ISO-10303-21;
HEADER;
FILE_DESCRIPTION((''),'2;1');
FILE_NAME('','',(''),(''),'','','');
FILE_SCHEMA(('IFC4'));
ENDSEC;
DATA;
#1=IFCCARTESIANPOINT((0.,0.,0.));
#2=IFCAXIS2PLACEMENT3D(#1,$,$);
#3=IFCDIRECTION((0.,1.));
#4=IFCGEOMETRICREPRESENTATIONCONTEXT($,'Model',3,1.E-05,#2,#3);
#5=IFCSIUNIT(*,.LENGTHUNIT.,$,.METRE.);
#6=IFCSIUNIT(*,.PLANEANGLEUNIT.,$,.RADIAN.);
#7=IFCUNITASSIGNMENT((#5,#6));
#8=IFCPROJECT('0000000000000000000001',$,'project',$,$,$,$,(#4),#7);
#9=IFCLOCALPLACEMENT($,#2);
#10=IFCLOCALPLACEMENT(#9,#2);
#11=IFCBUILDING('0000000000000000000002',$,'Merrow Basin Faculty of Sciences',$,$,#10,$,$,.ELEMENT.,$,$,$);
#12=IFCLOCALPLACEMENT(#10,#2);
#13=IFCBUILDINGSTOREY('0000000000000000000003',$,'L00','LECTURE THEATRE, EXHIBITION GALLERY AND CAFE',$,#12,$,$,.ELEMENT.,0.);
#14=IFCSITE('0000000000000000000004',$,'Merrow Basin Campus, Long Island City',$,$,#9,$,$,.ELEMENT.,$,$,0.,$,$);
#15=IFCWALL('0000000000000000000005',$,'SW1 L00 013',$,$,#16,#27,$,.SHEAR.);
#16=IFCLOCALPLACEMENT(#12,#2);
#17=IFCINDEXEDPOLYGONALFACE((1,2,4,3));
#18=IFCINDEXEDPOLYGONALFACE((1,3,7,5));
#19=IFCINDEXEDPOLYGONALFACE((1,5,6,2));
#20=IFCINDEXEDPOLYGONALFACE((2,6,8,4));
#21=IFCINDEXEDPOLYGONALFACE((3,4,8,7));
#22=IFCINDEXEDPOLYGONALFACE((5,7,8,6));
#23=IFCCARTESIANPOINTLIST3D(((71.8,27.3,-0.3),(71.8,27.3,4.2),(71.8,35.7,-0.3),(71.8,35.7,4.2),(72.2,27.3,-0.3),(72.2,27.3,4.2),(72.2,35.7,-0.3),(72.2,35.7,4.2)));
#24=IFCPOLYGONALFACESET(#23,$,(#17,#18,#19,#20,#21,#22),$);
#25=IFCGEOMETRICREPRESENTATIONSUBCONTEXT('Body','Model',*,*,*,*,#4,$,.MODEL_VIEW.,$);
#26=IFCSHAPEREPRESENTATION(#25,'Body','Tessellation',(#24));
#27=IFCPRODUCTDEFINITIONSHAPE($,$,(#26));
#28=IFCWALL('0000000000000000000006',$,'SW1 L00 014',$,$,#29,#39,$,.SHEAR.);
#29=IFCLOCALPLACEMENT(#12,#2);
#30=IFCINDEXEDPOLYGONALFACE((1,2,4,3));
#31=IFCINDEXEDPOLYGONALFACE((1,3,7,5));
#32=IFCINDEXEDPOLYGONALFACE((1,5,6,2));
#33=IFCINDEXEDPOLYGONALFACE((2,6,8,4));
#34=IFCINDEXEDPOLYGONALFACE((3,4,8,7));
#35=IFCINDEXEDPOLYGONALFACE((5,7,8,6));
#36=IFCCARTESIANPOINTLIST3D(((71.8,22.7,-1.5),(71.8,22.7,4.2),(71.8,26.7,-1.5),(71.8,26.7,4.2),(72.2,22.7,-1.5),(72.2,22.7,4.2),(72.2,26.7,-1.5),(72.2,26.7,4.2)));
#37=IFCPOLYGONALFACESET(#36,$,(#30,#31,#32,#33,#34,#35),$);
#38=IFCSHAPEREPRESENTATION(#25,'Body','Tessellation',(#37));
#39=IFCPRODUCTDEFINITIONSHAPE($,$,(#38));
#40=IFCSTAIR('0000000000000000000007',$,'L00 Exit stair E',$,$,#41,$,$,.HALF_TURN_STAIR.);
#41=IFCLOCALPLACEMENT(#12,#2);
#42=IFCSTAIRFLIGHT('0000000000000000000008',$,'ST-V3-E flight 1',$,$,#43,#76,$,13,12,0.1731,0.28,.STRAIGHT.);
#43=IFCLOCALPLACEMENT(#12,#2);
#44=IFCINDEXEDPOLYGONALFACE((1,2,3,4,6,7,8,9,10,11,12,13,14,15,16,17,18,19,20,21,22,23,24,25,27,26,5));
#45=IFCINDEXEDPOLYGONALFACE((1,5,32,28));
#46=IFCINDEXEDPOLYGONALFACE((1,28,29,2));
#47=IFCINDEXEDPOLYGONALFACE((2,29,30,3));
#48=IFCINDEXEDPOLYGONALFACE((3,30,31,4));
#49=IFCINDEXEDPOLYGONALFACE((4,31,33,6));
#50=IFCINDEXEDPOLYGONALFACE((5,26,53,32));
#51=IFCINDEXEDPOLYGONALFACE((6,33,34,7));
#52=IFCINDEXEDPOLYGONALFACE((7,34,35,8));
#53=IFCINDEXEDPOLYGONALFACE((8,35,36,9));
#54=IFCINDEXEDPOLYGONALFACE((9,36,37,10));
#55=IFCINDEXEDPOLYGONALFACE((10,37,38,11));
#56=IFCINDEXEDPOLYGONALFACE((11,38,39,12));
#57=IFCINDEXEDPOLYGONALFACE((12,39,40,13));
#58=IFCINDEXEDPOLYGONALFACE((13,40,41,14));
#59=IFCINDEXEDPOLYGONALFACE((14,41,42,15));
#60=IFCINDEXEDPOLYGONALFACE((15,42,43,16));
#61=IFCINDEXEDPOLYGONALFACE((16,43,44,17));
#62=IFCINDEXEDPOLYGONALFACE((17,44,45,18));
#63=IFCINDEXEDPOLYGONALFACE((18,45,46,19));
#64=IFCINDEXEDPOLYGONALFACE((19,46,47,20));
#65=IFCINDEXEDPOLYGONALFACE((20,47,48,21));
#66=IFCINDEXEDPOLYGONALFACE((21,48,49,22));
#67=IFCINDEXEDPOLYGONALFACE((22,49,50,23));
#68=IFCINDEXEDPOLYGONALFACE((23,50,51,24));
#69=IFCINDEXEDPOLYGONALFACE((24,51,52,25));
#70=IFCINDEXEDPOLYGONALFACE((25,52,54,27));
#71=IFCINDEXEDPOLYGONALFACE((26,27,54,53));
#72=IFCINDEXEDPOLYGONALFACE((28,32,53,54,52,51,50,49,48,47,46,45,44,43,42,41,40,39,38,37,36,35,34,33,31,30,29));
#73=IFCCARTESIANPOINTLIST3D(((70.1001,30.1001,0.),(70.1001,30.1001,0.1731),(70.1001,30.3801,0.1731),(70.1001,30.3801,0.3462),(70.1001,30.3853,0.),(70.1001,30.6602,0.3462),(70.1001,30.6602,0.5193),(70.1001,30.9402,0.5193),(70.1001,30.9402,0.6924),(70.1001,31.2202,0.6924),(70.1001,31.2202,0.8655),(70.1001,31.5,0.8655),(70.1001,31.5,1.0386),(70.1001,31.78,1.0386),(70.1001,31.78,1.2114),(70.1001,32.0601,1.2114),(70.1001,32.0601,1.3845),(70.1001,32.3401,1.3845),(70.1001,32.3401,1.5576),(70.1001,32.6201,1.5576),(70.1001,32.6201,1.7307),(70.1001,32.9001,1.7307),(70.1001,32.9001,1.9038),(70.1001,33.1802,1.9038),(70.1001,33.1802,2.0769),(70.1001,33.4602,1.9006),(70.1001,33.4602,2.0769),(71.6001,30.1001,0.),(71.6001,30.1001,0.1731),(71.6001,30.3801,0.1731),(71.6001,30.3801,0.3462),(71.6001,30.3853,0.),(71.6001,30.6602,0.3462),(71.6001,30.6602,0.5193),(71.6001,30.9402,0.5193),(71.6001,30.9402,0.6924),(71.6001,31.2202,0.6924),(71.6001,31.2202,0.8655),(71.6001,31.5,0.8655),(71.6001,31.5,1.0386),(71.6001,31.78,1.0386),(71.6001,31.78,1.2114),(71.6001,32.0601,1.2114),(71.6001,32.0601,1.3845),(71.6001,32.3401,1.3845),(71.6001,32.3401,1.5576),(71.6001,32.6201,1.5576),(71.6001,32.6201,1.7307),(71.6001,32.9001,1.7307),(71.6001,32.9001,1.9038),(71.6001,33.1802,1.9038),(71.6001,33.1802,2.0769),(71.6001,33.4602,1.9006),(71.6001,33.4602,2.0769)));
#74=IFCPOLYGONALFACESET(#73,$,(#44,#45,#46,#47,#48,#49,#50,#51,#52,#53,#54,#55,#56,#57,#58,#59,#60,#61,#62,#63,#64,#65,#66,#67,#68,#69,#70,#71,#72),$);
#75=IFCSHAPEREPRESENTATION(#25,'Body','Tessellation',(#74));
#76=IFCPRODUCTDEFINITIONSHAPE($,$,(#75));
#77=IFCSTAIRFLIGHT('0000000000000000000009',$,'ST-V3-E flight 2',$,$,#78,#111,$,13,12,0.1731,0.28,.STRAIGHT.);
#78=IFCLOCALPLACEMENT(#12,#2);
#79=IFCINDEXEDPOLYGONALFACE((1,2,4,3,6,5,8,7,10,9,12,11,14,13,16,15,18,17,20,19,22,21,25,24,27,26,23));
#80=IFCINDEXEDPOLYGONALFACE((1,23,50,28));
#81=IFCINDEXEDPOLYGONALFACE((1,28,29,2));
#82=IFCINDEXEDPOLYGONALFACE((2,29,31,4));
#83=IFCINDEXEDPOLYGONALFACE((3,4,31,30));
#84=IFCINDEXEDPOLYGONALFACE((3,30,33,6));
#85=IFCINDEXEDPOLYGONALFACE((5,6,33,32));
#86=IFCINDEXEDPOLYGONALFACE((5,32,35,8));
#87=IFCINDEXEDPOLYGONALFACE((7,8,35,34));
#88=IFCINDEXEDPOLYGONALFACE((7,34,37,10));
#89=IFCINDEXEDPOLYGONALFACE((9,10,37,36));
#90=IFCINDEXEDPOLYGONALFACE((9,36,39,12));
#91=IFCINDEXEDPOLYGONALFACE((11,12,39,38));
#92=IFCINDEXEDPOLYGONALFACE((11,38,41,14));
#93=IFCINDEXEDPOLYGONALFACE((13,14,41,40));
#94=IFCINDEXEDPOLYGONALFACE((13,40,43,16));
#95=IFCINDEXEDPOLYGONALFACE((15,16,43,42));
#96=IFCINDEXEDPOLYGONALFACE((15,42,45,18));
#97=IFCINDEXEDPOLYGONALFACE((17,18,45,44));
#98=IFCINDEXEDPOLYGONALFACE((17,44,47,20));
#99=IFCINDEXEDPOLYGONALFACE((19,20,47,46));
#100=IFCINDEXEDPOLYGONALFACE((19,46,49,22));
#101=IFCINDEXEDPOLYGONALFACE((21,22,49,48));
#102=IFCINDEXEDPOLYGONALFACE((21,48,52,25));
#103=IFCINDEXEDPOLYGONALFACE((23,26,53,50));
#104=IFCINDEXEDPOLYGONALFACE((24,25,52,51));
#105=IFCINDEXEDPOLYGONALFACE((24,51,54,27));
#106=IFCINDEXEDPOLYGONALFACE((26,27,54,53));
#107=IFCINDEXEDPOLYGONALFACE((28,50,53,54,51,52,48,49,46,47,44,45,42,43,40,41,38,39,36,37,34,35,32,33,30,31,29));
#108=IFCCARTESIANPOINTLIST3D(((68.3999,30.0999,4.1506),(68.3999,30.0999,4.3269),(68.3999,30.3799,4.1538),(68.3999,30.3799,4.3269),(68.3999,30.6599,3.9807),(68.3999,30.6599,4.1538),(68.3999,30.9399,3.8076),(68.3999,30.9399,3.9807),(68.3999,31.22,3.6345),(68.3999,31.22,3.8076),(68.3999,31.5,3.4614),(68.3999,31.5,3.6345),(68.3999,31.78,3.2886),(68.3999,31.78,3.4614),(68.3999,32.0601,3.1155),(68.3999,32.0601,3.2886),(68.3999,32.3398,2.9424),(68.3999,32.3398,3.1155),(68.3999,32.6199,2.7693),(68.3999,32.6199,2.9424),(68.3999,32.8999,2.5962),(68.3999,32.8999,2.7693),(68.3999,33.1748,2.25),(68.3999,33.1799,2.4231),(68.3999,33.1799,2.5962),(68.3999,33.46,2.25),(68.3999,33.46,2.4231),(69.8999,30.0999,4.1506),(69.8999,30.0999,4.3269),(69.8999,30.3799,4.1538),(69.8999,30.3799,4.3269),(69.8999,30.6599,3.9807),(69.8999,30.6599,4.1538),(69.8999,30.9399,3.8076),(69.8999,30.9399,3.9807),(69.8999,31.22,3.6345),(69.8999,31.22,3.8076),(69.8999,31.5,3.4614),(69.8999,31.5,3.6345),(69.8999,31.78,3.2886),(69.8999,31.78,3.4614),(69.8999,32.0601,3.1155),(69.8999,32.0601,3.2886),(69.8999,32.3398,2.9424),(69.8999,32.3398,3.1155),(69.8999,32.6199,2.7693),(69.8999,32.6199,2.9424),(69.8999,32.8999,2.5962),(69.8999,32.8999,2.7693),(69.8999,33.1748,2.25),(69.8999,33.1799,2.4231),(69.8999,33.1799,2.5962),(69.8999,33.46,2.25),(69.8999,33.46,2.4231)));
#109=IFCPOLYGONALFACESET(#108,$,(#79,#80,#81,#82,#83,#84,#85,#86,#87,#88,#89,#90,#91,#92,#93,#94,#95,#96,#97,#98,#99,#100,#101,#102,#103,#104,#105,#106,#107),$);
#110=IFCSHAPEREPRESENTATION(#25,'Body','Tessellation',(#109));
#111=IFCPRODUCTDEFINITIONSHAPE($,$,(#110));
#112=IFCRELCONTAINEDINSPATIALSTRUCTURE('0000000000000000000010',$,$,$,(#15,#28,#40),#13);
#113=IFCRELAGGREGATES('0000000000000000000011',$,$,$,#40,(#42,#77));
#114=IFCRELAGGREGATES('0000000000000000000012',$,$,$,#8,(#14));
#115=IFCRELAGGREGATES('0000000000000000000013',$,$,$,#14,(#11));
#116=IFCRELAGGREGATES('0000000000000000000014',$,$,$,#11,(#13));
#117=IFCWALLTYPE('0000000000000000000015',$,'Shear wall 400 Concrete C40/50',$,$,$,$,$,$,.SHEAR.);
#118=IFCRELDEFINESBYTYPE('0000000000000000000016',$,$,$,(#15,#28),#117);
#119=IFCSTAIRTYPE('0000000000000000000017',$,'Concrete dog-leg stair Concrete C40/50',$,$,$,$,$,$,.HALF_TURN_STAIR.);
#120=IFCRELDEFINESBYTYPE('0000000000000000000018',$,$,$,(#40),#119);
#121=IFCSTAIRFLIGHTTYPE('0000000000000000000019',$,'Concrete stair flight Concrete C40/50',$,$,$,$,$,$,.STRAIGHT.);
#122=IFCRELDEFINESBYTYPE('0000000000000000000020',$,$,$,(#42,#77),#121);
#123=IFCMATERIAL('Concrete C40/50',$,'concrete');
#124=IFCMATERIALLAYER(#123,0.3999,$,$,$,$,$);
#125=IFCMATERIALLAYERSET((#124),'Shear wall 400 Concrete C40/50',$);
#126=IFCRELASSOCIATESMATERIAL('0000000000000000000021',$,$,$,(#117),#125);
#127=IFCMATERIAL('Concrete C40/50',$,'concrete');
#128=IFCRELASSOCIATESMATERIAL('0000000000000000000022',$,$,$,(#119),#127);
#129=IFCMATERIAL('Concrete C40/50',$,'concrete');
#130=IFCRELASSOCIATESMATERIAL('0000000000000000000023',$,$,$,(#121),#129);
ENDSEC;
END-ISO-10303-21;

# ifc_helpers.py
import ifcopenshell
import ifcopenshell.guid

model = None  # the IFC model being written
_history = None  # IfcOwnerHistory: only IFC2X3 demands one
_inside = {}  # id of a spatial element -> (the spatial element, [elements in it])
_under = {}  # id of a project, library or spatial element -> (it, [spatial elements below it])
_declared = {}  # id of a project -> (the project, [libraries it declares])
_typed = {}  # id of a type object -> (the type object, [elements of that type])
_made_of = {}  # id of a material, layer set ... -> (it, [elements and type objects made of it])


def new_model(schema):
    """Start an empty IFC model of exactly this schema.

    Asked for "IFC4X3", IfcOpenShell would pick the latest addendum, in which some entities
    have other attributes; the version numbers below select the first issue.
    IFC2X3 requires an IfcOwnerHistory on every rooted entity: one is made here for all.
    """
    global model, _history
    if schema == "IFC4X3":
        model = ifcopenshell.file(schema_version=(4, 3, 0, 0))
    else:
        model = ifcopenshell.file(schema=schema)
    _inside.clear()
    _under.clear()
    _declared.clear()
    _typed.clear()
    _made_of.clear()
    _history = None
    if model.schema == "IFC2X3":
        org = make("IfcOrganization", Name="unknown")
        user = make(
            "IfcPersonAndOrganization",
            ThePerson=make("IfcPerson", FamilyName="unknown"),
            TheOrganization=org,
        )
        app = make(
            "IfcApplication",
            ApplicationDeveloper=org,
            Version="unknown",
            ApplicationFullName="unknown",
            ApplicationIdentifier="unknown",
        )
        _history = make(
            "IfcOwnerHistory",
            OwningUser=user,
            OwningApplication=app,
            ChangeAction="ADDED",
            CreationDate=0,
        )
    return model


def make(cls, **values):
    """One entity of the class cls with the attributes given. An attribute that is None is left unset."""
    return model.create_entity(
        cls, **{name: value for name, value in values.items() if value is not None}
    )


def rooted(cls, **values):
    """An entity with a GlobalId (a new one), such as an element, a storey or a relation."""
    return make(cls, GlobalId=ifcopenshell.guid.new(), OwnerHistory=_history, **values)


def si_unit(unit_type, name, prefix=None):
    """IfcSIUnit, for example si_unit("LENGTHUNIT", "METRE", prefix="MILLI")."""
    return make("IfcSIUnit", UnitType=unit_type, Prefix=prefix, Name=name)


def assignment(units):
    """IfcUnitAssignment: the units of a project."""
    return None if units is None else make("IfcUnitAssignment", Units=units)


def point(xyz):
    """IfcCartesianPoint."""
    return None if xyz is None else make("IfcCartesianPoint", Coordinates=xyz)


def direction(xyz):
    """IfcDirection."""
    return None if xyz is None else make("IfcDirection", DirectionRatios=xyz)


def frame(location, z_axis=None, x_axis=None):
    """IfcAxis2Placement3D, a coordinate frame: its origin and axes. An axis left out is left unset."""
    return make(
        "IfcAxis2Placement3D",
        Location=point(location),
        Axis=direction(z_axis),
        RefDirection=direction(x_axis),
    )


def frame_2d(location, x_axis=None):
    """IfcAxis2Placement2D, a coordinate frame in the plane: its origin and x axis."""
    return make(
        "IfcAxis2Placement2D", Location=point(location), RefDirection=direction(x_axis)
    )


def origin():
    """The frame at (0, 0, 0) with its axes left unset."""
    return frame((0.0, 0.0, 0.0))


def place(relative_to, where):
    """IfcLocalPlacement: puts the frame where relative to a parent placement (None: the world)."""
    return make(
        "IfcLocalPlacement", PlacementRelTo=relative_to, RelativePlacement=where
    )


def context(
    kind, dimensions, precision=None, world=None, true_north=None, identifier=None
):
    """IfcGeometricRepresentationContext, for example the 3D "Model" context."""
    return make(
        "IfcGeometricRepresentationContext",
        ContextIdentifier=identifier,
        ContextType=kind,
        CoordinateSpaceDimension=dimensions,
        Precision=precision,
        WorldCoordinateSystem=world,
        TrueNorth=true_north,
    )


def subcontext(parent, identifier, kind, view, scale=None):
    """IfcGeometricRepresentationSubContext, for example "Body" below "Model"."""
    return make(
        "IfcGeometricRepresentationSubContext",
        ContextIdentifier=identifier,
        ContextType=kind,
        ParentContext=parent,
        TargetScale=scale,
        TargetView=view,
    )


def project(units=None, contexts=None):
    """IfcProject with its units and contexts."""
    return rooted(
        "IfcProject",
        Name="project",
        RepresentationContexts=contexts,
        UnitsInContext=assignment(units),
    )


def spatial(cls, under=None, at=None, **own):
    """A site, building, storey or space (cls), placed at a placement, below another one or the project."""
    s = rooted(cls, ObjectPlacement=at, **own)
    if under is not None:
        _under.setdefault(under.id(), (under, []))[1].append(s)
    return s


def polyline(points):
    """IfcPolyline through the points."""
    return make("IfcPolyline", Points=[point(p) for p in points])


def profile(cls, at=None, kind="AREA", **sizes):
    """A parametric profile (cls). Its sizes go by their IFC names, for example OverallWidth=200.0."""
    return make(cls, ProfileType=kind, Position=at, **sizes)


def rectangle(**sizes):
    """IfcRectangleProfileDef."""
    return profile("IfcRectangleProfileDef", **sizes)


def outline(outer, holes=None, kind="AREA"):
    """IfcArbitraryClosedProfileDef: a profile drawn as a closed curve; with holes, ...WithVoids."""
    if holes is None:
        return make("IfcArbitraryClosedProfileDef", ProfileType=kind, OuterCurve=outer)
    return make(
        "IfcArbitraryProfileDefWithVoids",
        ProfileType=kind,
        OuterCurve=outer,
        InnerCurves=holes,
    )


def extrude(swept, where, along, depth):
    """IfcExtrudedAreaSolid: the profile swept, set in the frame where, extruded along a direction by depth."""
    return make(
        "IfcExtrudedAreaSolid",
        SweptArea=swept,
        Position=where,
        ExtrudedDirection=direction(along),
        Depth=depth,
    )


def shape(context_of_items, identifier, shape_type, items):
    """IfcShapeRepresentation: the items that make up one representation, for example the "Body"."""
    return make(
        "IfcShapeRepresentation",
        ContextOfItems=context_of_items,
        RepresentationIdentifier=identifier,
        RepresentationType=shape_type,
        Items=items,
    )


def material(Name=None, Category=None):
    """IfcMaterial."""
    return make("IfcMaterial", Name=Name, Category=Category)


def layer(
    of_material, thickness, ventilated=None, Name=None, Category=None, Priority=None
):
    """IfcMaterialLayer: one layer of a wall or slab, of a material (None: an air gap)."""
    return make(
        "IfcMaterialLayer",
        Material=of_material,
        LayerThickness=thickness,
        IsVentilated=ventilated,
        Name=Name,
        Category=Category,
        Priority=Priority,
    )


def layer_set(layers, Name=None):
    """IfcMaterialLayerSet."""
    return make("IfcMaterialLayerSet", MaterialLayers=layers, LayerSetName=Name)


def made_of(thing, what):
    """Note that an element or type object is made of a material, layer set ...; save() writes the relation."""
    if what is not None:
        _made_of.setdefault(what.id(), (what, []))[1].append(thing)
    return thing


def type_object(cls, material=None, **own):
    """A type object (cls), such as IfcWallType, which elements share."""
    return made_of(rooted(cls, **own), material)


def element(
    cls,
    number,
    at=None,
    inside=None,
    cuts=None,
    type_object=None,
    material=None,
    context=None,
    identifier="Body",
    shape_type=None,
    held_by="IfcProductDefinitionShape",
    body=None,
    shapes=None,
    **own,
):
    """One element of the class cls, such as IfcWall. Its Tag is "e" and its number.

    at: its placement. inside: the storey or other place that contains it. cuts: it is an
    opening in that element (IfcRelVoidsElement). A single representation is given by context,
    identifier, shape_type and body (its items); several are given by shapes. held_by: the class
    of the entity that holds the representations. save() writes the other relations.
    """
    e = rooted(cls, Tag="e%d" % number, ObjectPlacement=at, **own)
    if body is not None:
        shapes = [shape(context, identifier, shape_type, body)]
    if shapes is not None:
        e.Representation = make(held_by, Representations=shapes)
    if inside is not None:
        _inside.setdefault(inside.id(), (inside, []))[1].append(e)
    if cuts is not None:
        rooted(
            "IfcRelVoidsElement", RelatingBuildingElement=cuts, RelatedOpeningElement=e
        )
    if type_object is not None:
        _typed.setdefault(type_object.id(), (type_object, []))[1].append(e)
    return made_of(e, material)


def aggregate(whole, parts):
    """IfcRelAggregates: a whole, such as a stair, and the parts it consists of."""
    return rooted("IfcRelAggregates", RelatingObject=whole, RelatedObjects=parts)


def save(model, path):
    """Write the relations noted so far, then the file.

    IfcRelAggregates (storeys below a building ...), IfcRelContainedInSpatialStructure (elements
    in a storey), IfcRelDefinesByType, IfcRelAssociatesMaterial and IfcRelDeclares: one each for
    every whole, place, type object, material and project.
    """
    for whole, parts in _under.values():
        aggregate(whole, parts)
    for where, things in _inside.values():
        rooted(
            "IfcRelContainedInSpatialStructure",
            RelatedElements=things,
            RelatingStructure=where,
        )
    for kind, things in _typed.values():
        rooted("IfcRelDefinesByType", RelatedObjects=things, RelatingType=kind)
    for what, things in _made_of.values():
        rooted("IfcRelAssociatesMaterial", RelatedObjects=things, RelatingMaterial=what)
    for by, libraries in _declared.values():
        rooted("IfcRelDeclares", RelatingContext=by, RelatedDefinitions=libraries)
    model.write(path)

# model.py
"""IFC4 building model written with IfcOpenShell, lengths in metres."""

from ifc_helpers import new_model, si_unit, direction, frame, frame_2d, origin, place, context, subcontext, project, spatial, polyline, rectangle, outline, extrude, material, layer, layer_set, type_object, element, aggregate, save


model = new_model("IFC4")

# Units and contexts
model_context = context("Model", 3, precision=1e-05, world=origin(), true_north=direction((0.0, 1.0)))
body_context = subcontext(model_context, "Body", "Model", "MODEL_VIEW")
ifc_project = project(units=[si_unit("LENGTHUNIT", "METRE"), si_unit("PLANEANGLEUNIT", "RADIAN")], contexts=[model_context])

# Site, building, storey
site_placement = place(None, origin())
site = spatial("IfcSite", under=ifc_project, at=site_placement, Name="Merrow Basin Campus, Long Island City", CompositionType="ELEMENT", RefElevation=0.0)
building_placement = place(site_placement, origin())
building = spatial("IfcBuilding", under=site, at=building_placement, Name="Merrow Basin Faculty of Sciences", CompositionType="ELEMENT")
storey_placement = place(building_placement, origin())
storey = spatial("IfcBuildingStorey", under=building, at=storey_placement, Name="L00", Description="LECTURE THEATRE, EXHIBITION GALLERY AND CAFE", CompositionType="ELEMENT", Elevation=0.0)

# Walls
ifc_material_1 = material(Name="Concrete C40/50", Category="concrete")
ifc_layer_1 = layer(ifc_material_1, 0.3999)
ifc_layer_set_1 = layer_set([ifc_layer_1], Name="Shear wall 400 Concrete C40/50")
wall_type = type_object("IfcWallType", Name="Shear wall 400 Concrete C40/50", PredefinedType="SHEAR", material=ifc_layer_set_1)
wall_1_placement = place(storey_placement, frame((72.0, 27.3, -0.3), z_axis=(0.0, 0.0, 1.0), x_axis=(0.0, 1.0, 0.0)))
element("IfcWall", 1, at=wall_1_placement, inside=storey, type_object=wall_type, Name="SW1 L00 013", PredefinedType="SHEAR", context=body_context, shape_type="SweptSolid", body=[
    extrude(rectangle(XDim=8.3999, YDim=0.3999, at=frame_2d((4.2, 0.0))), origin(), (0.0, 0.0, 1.0), 4.5),
])
wall_2_placement = place(storey_placement, frame((72.0, 22.7, -1.5), z_axis=(0.0, 0.0, 1.0), x_axis=(0.0, 1.0, 0.0)))
element("IfcWall", 2, at=wall_2_placement, inside=storey, type_object=wall_type, Name="SW1 L00 014", PredefinedType="SHEAR", context=body_context, shape_type="SweptSolid", body=[
    extrude(rectangle(XDim=4.0, YDim=0.3999, at=frame_2d((2.0, 0.0))), origin(), (0.0, 0.0, 1.0), 5.7),
])

# Stair, stair flights
ifc_material_2 = material(Name="Concrete C40/50", Category="concrete")
stair_type = type_object("IfcStairType", Name="Concrete dog-leg stair Concrete C40/50", PredefinedType="HALF_TURN_STAIR", material=ifc_material_2)
stair_placement = place(storey_placement, origin())
stair = element("IfcStair", 3, at=stair_placement, inside=storey, type_object=stair_type, Name="L00 Exit stair E", PredefinedType="HALF_TURN_STAIR")
ifc_material_3 = material(Name="Concrete C40/50", Category="concrete")
stair_flight_type = type_object("IfcStairFlightType", Name="Concrete stair flight Concrete C40/50", PredefinedType="STRAIGHT", material=ifc_material_3)
stair_flight_1_placement = place(storey_placement, frame((70.8501, 30.1001, 0.0), z_axis=(0.0, 0.0, 1.0), x_axis=(0.0, 1.0, 0.0)))
stair_flight_1 = element("IfcStairFlight", 4, at=stair_flight_1_placement, type_object=stair_flight_type, Name="ST-V3-E flight 1", NumberOfRisers=13, NumberOfTreads=12, PredefinedType="STRAIGHT", RiserHeight=0.1731, TreadLength=0.28, context=body_context, shape_type="SweptSolid", body=[
    extrude(outline(polyline([(0.0, 0.0), (0.0, 0.1731), (0.28, 0.1731), (0.28, 0.3462), (0.5601, 0.3462), (0.5601, 0.5193), (0.8401, 0.5193), (0.8401, 0.6924), (1.1201, 0.6924), (1.1201, 0.8655), (1.3999, 0.8655), (1.3999, 1.0386), (1.6799, 1.0386), (1.6799, 1.2114), (1.96, 1.2114), (1.96, 1.3845), (2.24, 1.3845), (2.24, 1.5576), (2.52, 1.5576), (2.52, 1.7307), (2.8, 1.7307), (2.8, 1.9038), (3.0801, 1.9038), (3.0801, 2.0769), (3.3601, 2.0769), (3.3601, 2.25), (3.3601, 1.9006), (0.2852, 0.0), (0.0, 0.0)])), frame((0.0, 0.75, 0.0), z_axis=(0.0, -1.0, 0.0), x_axis=(1.0, 0.0, 0.0)), (0.0, 0.0, 1.0), 1.5),
])
stair_flight_2_placement = place(storey_placement, frame((69.1499, 33.46, 2.25), z_axis=(0.0, 0.0, 1.0), x_axis=(0.0, -1.0, 0.0)))
stair_flight_2 = element("IfcStairFlight", 5, at=stair_flight_2_placement, type_object=stair_flight_type, Name="ST-V3-E flight 2", NumberOfRisers=13, NumberOfTreads=12, PredefinedType="STRAIGHT", RiserHeight=0.1731, TreadLength=0.28, context=body_context, shape_type="SweptSolid", body=[
    extrude(outline(polyline([(0.0, 0.0), (0.0, 0.1731), (0.28, 0.1731), (0.28, 0.3462), (0.5601, 0.3462), (0.5601, 0.5193), (0.8401, 0.5193), (0.8401, 0.6924), (1.1201, 0.6924), (1.1201, 0.8655), (1.3999, 0.8655), (1.3999, 1.0386), (1.6799, 1.0386), (1.6799, 1.2114), (1.96, 1.2114), (1.96, 1.3845), (2.24, 1.3845), (2.24, 1.5576), (2.52, 1.5576), (2.52, 1.7307), (2.8, 1.7307), (2.8, 1.9038), (3.0801, 1.9038), (3.0801, 2.0769), (3.3601, 2.0769), (3.3601, 2.25), (3.3601, 1.9006), (0.2852, 0.0), (0.0, 0.0)])), frame((0.0, 0.75, 0.0), z_axis=(0.0, -1.0, 0.0), x_axis=(1.0, 0.0, 0.0)), (0.0, 0.0, 1.0), 1.5),
])
aggregate(stair, [stair_flight_1, stair_flight_2])

save(model, "model.ifc")
